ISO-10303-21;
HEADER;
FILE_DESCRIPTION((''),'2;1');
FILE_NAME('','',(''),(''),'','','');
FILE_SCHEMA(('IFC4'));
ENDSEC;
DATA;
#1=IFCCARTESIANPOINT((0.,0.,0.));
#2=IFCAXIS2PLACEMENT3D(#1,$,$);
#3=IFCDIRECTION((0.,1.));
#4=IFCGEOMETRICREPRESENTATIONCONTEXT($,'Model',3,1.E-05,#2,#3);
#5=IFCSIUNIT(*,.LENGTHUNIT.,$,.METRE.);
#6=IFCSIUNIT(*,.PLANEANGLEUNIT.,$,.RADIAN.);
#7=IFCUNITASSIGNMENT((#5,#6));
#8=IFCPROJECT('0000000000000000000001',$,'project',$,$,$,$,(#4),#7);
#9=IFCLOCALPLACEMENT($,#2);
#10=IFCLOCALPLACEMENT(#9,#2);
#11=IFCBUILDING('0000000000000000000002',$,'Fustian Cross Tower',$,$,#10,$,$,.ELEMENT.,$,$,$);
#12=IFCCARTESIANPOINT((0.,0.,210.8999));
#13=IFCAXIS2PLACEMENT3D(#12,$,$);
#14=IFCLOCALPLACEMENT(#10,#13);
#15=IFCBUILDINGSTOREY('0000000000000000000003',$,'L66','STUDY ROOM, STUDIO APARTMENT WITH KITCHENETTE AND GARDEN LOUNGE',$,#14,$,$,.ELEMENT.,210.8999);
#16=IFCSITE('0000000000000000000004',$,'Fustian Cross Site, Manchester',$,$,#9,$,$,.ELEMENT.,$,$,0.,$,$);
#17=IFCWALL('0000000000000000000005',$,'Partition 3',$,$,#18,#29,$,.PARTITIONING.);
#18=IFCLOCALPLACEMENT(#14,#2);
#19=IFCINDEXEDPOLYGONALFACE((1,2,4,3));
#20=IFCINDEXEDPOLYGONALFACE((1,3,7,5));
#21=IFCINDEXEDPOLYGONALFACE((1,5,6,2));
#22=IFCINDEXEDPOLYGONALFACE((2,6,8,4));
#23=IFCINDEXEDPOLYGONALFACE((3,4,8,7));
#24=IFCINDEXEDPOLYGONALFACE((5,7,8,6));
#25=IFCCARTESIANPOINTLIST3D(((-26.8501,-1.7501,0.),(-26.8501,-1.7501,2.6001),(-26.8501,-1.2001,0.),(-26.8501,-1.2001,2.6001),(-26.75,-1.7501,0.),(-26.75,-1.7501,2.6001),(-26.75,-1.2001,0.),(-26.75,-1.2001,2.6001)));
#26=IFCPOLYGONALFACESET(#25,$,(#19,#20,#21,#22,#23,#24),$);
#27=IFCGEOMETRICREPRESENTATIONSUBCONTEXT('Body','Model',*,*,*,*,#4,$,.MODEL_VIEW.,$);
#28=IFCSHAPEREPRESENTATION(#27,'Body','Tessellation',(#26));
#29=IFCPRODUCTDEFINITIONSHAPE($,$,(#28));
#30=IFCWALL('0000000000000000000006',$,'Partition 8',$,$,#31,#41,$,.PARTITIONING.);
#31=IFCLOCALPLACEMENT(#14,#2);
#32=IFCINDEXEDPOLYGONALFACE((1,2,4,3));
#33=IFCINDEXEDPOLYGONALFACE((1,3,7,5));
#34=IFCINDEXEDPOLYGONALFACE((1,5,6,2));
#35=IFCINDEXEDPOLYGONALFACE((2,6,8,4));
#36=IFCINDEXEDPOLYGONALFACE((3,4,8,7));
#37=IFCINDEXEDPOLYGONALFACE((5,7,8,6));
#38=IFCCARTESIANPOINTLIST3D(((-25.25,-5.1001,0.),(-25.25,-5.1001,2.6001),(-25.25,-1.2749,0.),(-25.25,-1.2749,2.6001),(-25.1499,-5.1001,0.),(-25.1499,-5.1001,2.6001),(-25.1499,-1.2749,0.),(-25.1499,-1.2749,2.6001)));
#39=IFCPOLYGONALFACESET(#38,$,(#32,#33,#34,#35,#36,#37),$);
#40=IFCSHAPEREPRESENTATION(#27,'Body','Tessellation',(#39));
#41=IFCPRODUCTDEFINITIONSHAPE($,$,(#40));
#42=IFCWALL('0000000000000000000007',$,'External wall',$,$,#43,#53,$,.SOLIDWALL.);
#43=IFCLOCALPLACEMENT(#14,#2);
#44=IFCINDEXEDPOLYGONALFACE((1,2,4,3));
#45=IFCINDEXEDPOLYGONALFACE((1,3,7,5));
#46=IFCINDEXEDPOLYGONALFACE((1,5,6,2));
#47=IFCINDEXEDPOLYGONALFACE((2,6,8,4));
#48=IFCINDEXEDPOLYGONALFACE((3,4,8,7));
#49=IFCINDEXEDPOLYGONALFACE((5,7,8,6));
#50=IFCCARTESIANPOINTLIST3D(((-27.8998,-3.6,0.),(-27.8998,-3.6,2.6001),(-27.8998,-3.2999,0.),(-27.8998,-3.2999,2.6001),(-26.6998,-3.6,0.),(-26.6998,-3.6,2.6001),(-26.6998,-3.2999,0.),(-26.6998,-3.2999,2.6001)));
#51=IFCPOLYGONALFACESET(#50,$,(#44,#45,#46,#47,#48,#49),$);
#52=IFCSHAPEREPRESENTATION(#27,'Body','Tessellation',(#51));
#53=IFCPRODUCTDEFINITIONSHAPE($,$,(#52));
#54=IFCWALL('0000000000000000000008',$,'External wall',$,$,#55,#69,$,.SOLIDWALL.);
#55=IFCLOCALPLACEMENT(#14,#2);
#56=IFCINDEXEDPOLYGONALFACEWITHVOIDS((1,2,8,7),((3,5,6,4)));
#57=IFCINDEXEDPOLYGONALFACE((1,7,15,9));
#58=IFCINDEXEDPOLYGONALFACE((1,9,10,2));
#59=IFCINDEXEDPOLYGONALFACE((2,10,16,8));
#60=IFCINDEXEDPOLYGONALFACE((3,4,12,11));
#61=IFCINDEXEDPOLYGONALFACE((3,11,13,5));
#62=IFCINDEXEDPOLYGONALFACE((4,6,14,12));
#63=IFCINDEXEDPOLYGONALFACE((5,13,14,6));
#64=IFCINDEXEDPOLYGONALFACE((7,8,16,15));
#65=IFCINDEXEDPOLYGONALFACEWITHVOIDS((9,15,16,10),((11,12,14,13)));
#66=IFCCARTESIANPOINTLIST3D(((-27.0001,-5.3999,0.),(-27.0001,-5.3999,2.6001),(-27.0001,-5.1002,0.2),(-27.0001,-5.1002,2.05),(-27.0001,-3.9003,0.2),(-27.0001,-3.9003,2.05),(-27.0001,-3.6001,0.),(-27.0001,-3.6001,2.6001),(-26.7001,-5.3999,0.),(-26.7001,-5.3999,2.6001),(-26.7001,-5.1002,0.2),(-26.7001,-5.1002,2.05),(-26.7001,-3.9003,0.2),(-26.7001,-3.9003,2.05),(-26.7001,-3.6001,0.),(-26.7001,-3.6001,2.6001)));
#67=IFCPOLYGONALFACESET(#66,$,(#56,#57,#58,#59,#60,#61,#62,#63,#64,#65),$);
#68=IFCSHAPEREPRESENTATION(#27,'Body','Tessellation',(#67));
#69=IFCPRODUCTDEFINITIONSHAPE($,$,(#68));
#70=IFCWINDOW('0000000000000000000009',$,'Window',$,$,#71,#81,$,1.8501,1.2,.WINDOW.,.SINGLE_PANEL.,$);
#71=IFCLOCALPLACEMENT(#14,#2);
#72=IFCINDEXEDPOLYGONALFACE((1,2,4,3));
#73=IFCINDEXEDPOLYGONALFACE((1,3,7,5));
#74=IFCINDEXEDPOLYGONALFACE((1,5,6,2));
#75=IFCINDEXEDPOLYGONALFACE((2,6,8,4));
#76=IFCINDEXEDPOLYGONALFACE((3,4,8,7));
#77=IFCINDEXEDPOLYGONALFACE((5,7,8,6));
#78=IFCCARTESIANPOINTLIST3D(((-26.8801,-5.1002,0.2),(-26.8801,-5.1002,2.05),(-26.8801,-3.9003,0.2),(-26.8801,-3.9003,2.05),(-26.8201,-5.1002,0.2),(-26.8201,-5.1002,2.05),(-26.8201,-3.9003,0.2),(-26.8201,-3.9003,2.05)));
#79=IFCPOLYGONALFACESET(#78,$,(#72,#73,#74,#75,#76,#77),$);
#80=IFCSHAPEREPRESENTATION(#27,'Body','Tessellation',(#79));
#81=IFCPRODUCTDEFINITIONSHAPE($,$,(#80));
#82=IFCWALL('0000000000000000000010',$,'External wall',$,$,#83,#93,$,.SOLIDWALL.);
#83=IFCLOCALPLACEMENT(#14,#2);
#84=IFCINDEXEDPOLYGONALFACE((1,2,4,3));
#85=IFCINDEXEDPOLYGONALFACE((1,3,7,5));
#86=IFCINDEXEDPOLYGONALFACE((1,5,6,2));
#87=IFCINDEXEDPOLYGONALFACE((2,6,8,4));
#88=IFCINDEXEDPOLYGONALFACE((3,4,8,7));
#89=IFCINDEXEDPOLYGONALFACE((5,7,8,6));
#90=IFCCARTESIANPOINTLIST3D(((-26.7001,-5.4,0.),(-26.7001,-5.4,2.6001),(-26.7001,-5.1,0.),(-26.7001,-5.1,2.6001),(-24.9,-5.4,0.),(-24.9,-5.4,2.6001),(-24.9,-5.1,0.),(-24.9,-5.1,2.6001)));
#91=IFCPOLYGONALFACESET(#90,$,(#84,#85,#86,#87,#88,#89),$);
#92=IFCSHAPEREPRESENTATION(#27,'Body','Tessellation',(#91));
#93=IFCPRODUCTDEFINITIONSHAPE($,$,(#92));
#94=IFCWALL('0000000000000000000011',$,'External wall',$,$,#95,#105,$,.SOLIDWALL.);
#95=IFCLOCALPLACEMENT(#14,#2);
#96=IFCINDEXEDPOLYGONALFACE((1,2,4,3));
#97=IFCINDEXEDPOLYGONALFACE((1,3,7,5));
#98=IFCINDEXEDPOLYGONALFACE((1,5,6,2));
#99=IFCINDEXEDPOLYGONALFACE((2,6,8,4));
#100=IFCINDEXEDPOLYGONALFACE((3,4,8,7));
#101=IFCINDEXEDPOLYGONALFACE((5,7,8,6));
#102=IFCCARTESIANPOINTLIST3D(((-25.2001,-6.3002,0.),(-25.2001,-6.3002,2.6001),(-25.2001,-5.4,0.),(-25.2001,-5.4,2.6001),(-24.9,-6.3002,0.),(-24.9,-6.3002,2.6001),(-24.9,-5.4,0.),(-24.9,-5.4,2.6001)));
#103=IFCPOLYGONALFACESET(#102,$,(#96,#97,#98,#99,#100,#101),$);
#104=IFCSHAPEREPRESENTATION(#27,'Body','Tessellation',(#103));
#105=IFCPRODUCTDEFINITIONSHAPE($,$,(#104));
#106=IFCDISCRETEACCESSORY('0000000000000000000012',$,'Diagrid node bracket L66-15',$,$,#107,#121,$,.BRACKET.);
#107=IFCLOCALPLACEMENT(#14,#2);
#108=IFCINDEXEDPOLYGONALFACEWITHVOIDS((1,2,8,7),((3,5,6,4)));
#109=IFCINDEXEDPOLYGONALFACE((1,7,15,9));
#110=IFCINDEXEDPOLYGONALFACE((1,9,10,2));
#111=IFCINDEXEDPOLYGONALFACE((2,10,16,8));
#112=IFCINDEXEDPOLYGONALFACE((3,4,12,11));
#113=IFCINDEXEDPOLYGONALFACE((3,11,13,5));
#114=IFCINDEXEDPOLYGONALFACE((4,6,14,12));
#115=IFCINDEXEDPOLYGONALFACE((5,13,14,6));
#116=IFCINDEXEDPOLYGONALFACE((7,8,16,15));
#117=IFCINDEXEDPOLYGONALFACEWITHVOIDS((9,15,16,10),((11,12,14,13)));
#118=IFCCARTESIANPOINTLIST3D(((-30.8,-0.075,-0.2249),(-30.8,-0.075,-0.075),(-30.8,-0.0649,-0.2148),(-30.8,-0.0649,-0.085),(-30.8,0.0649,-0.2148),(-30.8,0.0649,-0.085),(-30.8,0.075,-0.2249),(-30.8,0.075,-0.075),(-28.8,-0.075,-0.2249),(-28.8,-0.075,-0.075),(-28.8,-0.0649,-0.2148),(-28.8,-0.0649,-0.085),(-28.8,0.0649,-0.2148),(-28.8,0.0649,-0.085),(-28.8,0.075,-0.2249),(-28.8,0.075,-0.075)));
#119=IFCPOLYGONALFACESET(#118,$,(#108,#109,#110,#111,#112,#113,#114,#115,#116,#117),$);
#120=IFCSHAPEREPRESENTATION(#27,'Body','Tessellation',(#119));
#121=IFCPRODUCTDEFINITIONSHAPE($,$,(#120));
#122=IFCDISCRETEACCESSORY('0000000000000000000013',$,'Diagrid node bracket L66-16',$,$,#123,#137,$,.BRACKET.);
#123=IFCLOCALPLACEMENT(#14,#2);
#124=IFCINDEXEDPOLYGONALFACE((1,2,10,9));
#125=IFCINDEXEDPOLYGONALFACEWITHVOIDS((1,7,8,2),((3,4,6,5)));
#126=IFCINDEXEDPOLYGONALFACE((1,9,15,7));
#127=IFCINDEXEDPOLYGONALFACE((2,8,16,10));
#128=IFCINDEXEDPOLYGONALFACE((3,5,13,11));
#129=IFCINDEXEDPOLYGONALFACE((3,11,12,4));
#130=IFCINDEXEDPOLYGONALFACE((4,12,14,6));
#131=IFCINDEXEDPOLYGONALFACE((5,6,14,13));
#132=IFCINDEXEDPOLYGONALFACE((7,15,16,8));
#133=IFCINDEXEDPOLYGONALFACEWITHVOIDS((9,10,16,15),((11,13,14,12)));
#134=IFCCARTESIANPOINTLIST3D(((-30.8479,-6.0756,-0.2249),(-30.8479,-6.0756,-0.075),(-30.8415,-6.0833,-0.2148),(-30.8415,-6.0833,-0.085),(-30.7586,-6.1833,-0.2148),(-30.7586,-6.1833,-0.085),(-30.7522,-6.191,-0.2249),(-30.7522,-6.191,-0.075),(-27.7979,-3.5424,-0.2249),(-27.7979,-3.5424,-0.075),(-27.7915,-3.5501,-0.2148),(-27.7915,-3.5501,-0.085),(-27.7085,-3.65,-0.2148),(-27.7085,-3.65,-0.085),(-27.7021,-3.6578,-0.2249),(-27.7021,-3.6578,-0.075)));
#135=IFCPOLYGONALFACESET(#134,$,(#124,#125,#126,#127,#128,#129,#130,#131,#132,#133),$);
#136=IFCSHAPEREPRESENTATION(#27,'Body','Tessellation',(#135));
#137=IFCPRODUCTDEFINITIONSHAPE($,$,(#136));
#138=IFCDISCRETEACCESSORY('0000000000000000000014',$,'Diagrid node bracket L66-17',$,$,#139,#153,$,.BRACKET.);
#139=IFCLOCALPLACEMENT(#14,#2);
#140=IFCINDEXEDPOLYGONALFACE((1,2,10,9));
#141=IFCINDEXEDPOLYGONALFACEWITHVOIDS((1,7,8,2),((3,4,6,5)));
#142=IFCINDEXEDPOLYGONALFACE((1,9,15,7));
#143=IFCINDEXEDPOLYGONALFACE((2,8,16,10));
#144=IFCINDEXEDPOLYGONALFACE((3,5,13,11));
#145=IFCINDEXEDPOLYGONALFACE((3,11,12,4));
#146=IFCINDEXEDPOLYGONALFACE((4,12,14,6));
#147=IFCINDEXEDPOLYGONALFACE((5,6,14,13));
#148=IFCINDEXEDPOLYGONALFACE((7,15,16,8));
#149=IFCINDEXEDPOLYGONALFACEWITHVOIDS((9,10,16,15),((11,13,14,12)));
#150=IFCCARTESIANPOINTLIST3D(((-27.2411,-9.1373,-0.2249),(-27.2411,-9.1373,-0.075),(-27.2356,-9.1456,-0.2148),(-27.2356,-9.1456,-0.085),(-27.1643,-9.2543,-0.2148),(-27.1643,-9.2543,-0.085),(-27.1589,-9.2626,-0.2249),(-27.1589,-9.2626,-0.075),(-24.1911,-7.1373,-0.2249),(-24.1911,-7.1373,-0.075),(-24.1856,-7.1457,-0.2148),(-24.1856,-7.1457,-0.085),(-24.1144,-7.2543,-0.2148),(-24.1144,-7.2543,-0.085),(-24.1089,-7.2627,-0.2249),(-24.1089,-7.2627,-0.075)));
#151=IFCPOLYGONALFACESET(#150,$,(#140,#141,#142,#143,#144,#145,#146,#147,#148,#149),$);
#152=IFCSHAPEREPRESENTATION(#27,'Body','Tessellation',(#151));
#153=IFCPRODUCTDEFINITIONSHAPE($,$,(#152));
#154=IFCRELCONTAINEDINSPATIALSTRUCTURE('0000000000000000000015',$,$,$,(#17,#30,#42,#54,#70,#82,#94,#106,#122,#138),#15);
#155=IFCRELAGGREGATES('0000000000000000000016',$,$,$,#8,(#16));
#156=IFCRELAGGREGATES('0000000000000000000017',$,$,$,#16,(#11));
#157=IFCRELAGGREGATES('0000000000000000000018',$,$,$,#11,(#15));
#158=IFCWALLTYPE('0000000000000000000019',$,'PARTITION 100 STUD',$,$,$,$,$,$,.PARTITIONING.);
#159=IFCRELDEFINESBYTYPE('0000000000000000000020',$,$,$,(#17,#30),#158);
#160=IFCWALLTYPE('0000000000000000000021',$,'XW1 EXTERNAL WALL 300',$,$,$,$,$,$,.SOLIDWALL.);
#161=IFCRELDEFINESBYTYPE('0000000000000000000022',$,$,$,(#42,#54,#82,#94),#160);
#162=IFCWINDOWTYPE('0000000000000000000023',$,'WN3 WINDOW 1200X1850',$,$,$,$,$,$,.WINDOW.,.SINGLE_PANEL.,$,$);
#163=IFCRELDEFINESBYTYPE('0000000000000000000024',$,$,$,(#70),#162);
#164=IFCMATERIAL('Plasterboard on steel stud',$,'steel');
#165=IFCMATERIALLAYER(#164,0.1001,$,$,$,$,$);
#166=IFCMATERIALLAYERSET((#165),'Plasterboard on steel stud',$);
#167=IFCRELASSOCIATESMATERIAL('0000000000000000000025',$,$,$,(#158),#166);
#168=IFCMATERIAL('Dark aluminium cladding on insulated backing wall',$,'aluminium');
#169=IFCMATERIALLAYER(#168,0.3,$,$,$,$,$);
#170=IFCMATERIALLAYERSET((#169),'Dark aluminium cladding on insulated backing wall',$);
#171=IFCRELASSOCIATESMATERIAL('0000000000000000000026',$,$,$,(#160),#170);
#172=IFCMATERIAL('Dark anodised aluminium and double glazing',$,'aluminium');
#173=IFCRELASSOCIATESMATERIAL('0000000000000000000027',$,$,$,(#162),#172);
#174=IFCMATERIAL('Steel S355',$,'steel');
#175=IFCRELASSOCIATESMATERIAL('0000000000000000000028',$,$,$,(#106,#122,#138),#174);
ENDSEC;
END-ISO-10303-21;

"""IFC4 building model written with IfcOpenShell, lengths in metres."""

from ifc_helpers import new_model, si_unit, direction, frame, frame_2d, origin, origin_2d, place, context, subcontext, project, spatial, rectangle, hollow_rectangle, extrude, material, layer, layer_set, type_object, element, fill, save


model = new_model("IFC4")

# Units and contexts
model_context = context("Model", 3, precision=1e-05, world=origin(), true_north=direction((0.0, 1.0)))
body_context = subcontext(model_context, "Body", "Model", "MODEL_VIEW")
ifc_project = project(units=[si_unit("LENGTHUNIT", "METRE"), si_unit("PLANEANGLEUNIT", "RADIAN")], contexts=[model_context])

# Site, building, storey
site_placement = place(None, origin())
site = spatial("IfcSite", under=ifc_project, at=site_placement, Name="Fustian Cross Site, Manchester", CompositionType="ELEMENT", RefElevation=0.0)
building_placement = place(site_placement, origin())
building = spatial("IfcBuilding", under=site, at=building_placement, Name="Fustian Cross Tower", CompositionType="ELEMENT")
storey_placement = place(building_placement, frame((0.0, 0.0, 210.8999)))
storey = spatial("IfcBuildingStorey", under=building, at=storey_placement, Name="L66", Description="STUDY ROOM, STUDIO APARTMENT WITH KITCHENETTE AND GARDEN LOUNGE", CompositionType="ELEMENT", Elevation=210.8999)

# Walls
ifc_material_1 = material(Name="Plasterboard on steel stud", Category="steel")
ifc_layer_1 = layer(ifc_material_1, 0.1001)
ifc_layer_set_1 = layer_set([ifc_layer_1], Name="Plasterboard on steel stud")
wall_type_1 = type_object("IfcWallType", Name="PARTITION 100 STUD", PredefinedType="PARTITIONING", material=ifc_layer_set_1)
wall_1_placement = place(storey_placement, frame((-26.8, -1.75, 0.0), z_axis=(0.0, 0.0, 1.0), x_axis=(0.0, 1.0, 0.0)))
element("IfcWall", 1, at=wall_1_placement, inside=storey, type_object=wall_type_1, Name="Partition 3", PredefinedType="PARTITIONING", context=body_context, shape_type="SweptSolid", body=[
    extrude(rectangle(XDim=0.55, YDim=0.1001, at=frame_2d((0.2749, 0.0))), origin(), (0.0, 0.0, 1.0), 2.6001),
])
wall_2_placement = place(storey_placement, frame((-25.2, -5.1001, 0.0), z_axis=(0.0, 0.0, 1.0), x_axis=(0.0, 1.0, 0.0)))
element("IfcWall", 2, at=wall_2_placement, inside=storey, type_object=wall_type_1, Name="Partition 8", PredefinedType="PARTITIONING", context=body_context, shape_type="SweptSolid", body=[
    extrude(rectangle(XDim=3.8252, YDim=0.1001, at=frame_2d((1.9126, 0.0))), origin(), (0.0, 0.0, 1.0), 2.6001),
])
ifc_material_2 = material(Name="Dark aluminium cladding on insulated backing wall", Category="aluminium")
ifc_layer_2 = layer(ifc_material_2, 0.3)
ifc_layer_set_2 = layer_set([ifc_layer_2], Name="Dark aluminium cladding on insulated backing wall")
wall_type_2 = type_object("IfcWallType", Name="XW1 EXTERNAL WALL 300", PredefinedType="SOLIDWALL", material=ifc_layer_set_2)
wall_3_placement = place(storey_placement, frame((-27.8999, -3.45, 0.0), z_axis=(0.0, 0.0, 1.0), x_axis=(1.0, 0.0, 0.0)))
element("IfcWall", 3, at=wall_3_placement, inside=storey, type_object=wall_type_2, Name="External wall", PredefinedType="SOLIDWALL", context=body_context, shape_type="SweptSolid", body=[
    extrude(rectangle(XDim=1.2, YDim=0.3, at=frame_2d((0.6001, 0.0))), origin(), (0.0, 0.0, 1.0), 2.6001),
])

# Wall, opening, window
wall_4_placement = place(storey_placement, frame((-26.8501, -3.6001, 0.0), z_axis=(0.0, 0.0, 1.0), x_axis=(0.0, -1.0, 0.0)))
wall_4 = element("IfcWall", 4, at=wall_4_placement, inside=storey, type_object=wall_type_2, Name="External wall", PredefinedType="SOLIDWALL", context=body_context, shape_type="SweptSolid", body=[
    extrude(rectangle(XDim=1.7998, YDim=0.3, at=frame_2d((0.8999, 0.0))), origin(), (0.0, 0.0, 1.0), 2.6001),
])
opening_1_placement = place(wall_4_placement, frame((0.3, 0.0, 0.2)))
opening_1 = element("IfcOpeningElement", 5, at=opening_1_placement, cuts=wall_4, PredefinedType="OPENING", context=body_context, shape_type="SweptSolid", body=[
    extrude(rectangle(XDim=1.2, YDim=1.8501, at=frame_2d((0.6001, 0.925))), frame((0.0, 0.1599, 0.0), z_axis=(0.0, -1.0, 0.0), x_axis=(1.0, 0.0, 0.0)), (0.0, 0.0, 1.0), 0.3201),
])
ifc_material_3 = material(Name="Dark anodised aluminium and double glazing", Category="aluminium")
window_type = type_object("IfcWindowType", Name="WN3 WINDOW 1200X1850", PartitioningType="SINGLE_PANEL", PredefinedType="WINDOW", material=ifc_material_3)
window_placement = place(opening_1_placement, origin())
window = element("IfcWindow", 6, at=window_placement, inside=storey, type_object=window_type, Name="Window", OverallHeight=1.8501, OverallWidth=1.2, PartitioningType="SINGLE_PANEL", PredefinedType="WINDOW", context=body_context, shape_type="SweptSolid", body=[
    extrude(rectangle(XDim=1.2, YDim=1.8501, at=frame_2d((0.6001, 0.925))), frame((0.0, 0.03, 0.0), z_axis=(0.0, -1.0, 0.0), x_axis=(1.0, 0.0, 0.0)), (0.0, 0.0, 1.0), 0.0601),
])
fill(opening_1, window)

# Walls
wall_5_placement = place(storey_placement, frame((-26.7, -5.25, 0.0), z_axis=(0.0, 0.0, 1.0), x_axis=(1.0, 0.0, 0.0)))
element("IfcWall", 7, at=wall_5_placement, inside=storey, type_object=wall_type_2, Name="External wall", PredefinedType="SOLIDWALL", context=body_context, shape_type="SweptSolid", body=[
    extrude(rectangle(XDim=1.8, YDim=0.3, at=frame_2d((0.8999, 0.0))), origin(), (0.0, 0.0, 1.0), 2.6001),
])
wall_6_placement = place(storey_placement, frame((-25.05, -5.3999, 0.0), z_axis=(0.0, 0.0, 1.0), x_axis=(0.0, -1.0, 0.0)))
element("IfcWall", 8, at=wall_6_placement, inside=storey, type_object=wall_type_2, Name="External wall", PredefinedType="SOLIDWALL", context=body_context, shape_type="SweptSolid", body=[
    extrude(rectangle(XDim=0.9001, YDim=0.3, at=frame_2d((0.4502, 0.0))), origin(), (0.0, 0.0, 1.0), 2.6001),
])

# Discrete accessories
ifc_material_4 = material(Name="Steel S355", Category="steel")
discrete_accessory_1_placement = place(storey_placement, frame((-30.8, 0.0, -0.1499), z_axis=(1.0, 0.0, 0.0), x_axis=(0.0, 1.0, 0.0)))
element("IfcDiscreteAccessory", 9, at=discrete_accessory_1_placement, inside=storey, material=ifc_material_4, Name="Diagrid node bracket L66-15", PredefinedType="BRACKET", context=body_context, shape_type="SweptSolid", body=[
    extrude(hollow_rectangle(XDim=0.1499, YDim=0.1499, WallThickness=0.01, at=origin_2d()), origin(), (0.0, 0.0, 1.0), 2.0),
])
discrete_accessory_2_placement = place(storey_placement, frame((-30.8, -6.1333, -0.1499), z_axis=(0.769275, 0.638918, 0.0), x_axis=(-0.638918, 0.769275, 0.0)))
element("IfcDiscreteAccessory", 10, at=discrete_accessory_2_placement, inside=storey, material=ifc_material_4, Name="Diagrid node bracket L66-16", PredefinedType="BRACKET", context=body_context, shape_type="SweptSolid", body=[
    extrude(hollow_rectangle(XDim=0.1499, YDim=0.1499, WallThickness=0.01, at=origin_2d()), origin(), (0.0, 0.0, 1.0), 3.9648),
])
discrete_accessory_3_placement = place(storey_placement, frame((-27.2, -9.2, -0.1499), z_axis=(0.836248, 0.548351, 0.0), x_axis=(-0.548351, 0.836248, 0.0)))
element("IfcDiscreteAccessory", 11, at=discrete_accessory_3_placement, inside=storey, material=ifc_material_4, Name="Diagrid node bracket L66-17", PredefinedType="BRACKET", context=body_context, shape_type="SweptSolid", body=[
    extrude(hollow_rectangle(XDim=0.1499, YDim=0.1499, WallThickness=0.01, at=origin_2d()), origin(), (0.0, 0.0, 1.0), 3.6472),
])

save(model, "model.ifc")
